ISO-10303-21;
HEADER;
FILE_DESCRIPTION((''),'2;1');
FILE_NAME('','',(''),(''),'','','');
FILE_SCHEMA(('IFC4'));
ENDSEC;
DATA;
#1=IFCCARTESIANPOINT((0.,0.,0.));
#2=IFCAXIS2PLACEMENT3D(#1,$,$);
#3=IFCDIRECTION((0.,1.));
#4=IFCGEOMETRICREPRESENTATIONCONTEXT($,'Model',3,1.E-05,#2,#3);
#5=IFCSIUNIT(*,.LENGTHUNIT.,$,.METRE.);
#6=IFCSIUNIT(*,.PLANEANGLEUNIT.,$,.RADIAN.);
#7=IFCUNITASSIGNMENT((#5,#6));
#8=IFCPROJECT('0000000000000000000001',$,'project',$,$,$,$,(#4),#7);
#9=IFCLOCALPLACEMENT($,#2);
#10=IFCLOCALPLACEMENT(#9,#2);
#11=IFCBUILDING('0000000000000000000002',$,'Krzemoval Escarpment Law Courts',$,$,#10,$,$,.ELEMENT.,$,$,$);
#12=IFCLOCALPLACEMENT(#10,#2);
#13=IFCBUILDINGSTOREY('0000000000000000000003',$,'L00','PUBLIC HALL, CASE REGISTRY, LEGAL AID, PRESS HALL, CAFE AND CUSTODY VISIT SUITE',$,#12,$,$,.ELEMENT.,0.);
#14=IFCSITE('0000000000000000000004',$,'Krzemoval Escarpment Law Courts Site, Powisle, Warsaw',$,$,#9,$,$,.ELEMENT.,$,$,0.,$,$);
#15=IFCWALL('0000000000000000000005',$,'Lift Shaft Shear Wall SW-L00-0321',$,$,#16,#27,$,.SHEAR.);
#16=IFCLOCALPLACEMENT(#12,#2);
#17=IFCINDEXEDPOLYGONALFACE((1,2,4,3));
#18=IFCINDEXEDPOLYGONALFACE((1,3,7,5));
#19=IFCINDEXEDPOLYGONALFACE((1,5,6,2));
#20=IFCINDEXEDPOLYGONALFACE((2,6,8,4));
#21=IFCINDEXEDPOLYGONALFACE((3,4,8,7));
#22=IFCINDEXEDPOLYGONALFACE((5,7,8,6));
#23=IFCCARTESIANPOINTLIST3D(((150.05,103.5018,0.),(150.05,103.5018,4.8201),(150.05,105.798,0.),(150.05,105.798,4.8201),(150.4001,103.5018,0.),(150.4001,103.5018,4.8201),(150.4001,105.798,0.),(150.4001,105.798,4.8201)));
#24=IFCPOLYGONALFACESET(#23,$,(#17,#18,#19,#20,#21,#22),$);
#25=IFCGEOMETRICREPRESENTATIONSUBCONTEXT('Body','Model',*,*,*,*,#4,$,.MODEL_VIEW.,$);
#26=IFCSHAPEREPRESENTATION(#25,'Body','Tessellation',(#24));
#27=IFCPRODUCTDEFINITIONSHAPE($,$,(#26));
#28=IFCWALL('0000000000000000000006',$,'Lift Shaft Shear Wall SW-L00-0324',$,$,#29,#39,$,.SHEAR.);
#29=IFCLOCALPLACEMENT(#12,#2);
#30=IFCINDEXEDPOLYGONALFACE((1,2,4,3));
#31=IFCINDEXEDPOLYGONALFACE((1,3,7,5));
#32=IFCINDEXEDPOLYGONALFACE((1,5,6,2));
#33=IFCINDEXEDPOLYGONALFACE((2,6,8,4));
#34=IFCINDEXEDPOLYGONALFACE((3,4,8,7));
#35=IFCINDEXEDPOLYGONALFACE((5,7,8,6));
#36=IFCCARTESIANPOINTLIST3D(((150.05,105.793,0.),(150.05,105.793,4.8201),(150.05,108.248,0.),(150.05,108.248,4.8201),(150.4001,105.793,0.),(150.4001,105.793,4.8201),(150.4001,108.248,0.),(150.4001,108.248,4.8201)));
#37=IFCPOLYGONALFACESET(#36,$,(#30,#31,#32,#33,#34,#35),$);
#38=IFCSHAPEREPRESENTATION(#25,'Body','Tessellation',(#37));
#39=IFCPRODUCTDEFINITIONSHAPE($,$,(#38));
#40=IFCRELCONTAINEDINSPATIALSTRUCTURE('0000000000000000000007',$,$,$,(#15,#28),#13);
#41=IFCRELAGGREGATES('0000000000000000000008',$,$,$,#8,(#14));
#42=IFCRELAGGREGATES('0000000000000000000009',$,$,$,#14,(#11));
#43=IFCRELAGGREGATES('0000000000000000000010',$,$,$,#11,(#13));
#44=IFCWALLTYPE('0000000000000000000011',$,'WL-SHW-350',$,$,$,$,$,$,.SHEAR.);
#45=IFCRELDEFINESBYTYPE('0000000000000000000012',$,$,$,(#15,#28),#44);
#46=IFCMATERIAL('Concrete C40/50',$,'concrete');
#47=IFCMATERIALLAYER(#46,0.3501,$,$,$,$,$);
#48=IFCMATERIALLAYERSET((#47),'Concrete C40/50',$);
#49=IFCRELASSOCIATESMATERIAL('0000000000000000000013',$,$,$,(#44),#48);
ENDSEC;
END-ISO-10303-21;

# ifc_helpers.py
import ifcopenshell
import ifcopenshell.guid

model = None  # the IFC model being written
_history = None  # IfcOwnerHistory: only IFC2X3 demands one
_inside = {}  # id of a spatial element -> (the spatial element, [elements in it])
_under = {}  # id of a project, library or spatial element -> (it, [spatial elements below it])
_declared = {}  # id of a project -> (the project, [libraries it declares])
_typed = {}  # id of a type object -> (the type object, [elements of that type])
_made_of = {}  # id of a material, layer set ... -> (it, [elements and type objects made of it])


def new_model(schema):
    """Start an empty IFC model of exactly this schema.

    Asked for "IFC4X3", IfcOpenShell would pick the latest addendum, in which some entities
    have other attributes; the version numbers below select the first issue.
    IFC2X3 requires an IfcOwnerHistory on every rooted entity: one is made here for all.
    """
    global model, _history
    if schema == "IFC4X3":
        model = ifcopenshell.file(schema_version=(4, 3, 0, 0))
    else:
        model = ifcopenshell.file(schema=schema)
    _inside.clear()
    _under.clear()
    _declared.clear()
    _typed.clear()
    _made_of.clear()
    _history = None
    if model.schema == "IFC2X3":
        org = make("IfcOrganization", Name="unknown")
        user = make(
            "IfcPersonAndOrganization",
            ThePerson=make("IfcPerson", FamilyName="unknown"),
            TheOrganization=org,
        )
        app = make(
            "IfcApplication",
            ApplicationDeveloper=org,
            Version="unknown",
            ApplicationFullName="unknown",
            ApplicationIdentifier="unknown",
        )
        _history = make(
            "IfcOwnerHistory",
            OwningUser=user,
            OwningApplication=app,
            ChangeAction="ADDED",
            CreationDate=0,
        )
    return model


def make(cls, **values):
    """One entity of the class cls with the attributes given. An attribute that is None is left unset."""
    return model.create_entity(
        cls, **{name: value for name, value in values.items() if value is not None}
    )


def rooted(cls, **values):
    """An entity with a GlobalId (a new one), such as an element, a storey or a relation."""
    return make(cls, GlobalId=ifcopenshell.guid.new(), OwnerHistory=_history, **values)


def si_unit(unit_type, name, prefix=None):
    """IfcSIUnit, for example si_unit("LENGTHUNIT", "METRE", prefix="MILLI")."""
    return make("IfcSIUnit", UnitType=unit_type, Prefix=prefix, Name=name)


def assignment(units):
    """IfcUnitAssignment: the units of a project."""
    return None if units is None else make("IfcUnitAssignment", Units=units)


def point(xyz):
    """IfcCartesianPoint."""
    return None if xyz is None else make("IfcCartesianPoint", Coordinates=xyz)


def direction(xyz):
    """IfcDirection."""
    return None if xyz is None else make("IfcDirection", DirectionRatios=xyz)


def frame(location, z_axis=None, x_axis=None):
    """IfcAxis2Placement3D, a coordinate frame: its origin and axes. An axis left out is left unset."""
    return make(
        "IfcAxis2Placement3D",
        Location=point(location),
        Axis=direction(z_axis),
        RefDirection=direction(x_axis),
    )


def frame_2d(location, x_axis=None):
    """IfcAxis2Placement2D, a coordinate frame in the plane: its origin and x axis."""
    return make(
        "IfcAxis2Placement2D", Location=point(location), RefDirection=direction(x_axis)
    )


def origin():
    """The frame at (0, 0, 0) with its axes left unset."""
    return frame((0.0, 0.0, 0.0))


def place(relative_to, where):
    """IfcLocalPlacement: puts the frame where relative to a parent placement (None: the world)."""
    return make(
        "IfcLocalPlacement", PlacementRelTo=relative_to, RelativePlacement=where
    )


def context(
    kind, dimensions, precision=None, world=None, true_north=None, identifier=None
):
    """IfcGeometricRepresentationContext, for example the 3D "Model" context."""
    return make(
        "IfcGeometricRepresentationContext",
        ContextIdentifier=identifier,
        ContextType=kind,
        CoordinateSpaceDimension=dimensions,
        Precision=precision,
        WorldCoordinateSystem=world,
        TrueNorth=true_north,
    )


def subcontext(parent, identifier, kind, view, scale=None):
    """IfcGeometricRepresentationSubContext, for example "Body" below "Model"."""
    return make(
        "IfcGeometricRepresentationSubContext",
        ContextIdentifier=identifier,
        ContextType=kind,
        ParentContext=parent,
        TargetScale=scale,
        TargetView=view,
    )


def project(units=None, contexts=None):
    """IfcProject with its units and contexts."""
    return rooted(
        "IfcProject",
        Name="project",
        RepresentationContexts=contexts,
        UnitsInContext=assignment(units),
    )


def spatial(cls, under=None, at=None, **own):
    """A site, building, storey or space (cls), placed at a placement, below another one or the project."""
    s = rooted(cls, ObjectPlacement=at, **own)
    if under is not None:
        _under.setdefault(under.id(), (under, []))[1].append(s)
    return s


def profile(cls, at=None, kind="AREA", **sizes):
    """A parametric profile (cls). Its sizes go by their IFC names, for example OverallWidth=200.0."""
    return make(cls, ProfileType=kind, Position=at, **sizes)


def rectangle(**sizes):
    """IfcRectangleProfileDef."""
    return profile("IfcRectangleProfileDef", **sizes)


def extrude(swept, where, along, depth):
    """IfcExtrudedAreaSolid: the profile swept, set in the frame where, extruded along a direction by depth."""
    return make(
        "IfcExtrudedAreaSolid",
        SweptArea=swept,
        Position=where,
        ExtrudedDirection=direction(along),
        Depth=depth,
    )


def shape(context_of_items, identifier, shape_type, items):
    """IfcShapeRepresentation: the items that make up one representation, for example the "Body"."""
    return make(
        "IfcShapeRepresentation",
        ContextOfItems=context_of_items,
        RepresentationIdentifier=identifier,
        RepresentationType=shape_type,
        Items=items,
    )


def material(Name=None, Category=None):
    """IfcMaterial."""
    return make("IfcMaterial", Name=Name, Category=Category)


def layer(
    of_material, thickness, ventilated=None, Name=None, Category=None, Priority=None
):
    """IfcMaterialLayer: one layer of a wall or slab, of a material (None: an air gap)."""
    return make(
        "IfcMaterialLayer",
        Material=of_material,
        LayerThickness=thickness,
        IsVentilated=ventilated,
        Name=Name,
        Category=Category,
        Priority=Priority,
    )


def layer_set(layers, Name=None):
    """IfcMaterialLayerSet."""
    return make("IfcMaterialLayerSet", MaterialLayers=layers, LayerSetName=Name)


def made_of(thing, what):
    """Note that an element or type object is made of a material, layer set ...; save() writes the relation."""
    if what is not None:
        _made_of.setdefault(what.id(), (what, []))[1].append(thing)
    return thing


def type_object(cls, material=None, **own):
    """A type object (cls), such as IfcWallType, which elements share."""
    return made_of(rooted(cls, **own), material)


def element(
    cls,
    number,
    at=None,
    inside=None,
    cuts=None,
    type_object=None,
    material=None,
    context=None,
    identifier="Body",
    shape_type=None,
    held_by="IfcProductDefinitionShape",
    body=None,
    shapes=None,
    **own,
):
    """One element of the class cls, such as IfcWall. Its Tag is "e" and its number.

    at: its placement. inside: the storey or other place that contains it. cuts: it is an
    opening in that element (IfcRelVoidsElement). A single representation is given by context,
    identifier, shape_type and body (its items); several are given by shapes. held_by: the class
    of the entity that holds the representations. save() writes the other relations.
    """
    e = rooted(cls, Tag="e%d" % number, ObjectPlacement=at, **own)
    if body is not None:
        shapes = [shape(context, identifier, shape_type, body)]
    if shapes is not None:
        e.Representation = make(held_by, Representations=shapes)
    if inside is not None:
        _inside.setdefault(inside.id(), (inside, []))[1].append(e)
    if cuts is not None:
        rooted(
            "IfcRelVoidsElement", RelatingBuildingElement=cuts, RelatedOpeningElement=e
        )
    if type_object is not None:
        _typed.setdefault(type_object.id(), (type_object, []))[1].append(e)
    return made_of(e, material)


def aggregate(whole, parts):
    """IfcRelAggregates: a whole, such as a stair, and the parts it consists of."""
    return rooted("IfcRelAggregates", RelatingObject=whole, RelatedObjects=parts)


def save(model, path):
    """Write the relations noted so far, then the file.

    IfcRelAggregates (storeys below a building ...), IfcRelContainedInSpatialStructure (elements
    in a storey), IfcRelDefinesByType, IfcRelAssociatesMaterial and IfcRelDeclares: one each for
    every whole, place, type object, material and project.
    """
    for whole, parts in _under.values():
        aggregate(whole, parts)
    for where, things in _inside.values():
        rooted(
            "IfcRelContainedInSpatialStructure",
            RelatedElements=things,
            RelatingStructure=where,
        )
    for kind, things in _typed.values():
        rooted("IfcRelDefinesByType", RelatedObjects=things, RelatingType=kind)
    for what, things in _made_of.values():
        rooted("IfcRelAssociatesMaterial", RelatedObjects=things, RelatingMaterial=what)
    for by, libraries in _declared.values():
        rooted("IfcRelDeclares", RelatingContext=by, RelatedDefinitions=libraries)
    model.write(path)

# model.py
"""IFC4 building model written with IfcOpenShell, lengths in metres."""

from ifc_helpers import new_model, si_unit, direction, frame, frame_2d, origin, place, context, subcontext, project, spatial, rectangle, extrude, material, layer, layer_set, type_object, element, save


model = new_model("IFC4")

# Units and contexts
model_context = context("Model", 3, precision=1e-05, world=origin(), true_north=direction((0.0, 1.0)))
body_context = subcontext(model_context, "Body", "Model", "MODEL_VIEW")
ifc_project = project(units=[si_unit("LENGTHUNIT", "METRE"), si_unit("PLANEANGLEUNIT", "RADIAN")], contexts=[model_context])

# Site, building, storey
site_placement = place(None, origin())
site = spatial("IfcSite", under=ifc_project, at=site_placement, Name="Krzemoval Escarpment Law Courts Site, Powisle, Warsaw", CompositionType="ELEMENT", RefElevation=0.0)
building_placement = place(site_placement, origin())
building = spatial("IfcBuilding", under=site, at=building_placement, Name="Krzemoval Escarpment Law Courts", CompositionType="ELEMENT")
storey_placement = place(building_placement, origin())
storey = spatial("IfcBuildingStorey", under=building, at=storey_placement, Name="L00", Description="PUBLIC HALL, CASE REGISTRY, LEGAL AID, PRESS HALL, CAFE AND CUSTODY VISIT SUITE", CompositionType="ELEMENT", Elevation=0.0)

# Shared definitions
ifc_material_1 = material(Name="Concrete C40/50", Category="concrete")
ifc_layer_1 = layer(ifc_material_1, 0.3501)
ifc_layer_set_1 = layer_set([ifc_layer_1], Name="Concrete C40/50")
wall_type = type_object("IfcWallType", Name="WL-SHW-350", PredefinedType="SHEAR", material=ifc_layer_set_1)

# Wall
wall_1_placement = place(storey_placement, frame((150.2251, 103.502, 0.0), z_axis=(0.0, 0.0, 1.0), x_axis=(0.0, 1.0, 0.0)))
element("IfcWall", 1, at=wall_1_placement, inside=storey, type_object=wall_type, Name="Lift Shaft Shear Wall SW-L00-0321", PredefinedType="SHEAR", context=body_context, shape_type="SweptSolid", body=[
    extrude(rectangle(XDim=2.2961, YDim=0.3501, at=frame_2d((1.1479, 0.0))), origin(), (0.0, 0.0, 1.0), 4.8201),
])

# Wall
wall_2_placement = place(storey_placement, frame((150.2251, 105.793, 0.0), z_axis=(0.0, 0.0, 1.0), x_axis=(0.0, 1.0, 0.0)))
element("IfcWall", 2, at=wall_2_placement, inside=storey, type_object=wall_type, Name="Lift Shaft Shear Wall SW-L00-0324", PredefinedType="SHEAR", context=body_context, shape_type="SweptSolid", body=[
    extrude(rectangle(XDim=2.4551, YDim=0.3501, at=frame_2d((1.2275, 0.0))), origin(), (0.0, 0.0, 1.0), 4.8201),
])

save(model, "model.ifc")
